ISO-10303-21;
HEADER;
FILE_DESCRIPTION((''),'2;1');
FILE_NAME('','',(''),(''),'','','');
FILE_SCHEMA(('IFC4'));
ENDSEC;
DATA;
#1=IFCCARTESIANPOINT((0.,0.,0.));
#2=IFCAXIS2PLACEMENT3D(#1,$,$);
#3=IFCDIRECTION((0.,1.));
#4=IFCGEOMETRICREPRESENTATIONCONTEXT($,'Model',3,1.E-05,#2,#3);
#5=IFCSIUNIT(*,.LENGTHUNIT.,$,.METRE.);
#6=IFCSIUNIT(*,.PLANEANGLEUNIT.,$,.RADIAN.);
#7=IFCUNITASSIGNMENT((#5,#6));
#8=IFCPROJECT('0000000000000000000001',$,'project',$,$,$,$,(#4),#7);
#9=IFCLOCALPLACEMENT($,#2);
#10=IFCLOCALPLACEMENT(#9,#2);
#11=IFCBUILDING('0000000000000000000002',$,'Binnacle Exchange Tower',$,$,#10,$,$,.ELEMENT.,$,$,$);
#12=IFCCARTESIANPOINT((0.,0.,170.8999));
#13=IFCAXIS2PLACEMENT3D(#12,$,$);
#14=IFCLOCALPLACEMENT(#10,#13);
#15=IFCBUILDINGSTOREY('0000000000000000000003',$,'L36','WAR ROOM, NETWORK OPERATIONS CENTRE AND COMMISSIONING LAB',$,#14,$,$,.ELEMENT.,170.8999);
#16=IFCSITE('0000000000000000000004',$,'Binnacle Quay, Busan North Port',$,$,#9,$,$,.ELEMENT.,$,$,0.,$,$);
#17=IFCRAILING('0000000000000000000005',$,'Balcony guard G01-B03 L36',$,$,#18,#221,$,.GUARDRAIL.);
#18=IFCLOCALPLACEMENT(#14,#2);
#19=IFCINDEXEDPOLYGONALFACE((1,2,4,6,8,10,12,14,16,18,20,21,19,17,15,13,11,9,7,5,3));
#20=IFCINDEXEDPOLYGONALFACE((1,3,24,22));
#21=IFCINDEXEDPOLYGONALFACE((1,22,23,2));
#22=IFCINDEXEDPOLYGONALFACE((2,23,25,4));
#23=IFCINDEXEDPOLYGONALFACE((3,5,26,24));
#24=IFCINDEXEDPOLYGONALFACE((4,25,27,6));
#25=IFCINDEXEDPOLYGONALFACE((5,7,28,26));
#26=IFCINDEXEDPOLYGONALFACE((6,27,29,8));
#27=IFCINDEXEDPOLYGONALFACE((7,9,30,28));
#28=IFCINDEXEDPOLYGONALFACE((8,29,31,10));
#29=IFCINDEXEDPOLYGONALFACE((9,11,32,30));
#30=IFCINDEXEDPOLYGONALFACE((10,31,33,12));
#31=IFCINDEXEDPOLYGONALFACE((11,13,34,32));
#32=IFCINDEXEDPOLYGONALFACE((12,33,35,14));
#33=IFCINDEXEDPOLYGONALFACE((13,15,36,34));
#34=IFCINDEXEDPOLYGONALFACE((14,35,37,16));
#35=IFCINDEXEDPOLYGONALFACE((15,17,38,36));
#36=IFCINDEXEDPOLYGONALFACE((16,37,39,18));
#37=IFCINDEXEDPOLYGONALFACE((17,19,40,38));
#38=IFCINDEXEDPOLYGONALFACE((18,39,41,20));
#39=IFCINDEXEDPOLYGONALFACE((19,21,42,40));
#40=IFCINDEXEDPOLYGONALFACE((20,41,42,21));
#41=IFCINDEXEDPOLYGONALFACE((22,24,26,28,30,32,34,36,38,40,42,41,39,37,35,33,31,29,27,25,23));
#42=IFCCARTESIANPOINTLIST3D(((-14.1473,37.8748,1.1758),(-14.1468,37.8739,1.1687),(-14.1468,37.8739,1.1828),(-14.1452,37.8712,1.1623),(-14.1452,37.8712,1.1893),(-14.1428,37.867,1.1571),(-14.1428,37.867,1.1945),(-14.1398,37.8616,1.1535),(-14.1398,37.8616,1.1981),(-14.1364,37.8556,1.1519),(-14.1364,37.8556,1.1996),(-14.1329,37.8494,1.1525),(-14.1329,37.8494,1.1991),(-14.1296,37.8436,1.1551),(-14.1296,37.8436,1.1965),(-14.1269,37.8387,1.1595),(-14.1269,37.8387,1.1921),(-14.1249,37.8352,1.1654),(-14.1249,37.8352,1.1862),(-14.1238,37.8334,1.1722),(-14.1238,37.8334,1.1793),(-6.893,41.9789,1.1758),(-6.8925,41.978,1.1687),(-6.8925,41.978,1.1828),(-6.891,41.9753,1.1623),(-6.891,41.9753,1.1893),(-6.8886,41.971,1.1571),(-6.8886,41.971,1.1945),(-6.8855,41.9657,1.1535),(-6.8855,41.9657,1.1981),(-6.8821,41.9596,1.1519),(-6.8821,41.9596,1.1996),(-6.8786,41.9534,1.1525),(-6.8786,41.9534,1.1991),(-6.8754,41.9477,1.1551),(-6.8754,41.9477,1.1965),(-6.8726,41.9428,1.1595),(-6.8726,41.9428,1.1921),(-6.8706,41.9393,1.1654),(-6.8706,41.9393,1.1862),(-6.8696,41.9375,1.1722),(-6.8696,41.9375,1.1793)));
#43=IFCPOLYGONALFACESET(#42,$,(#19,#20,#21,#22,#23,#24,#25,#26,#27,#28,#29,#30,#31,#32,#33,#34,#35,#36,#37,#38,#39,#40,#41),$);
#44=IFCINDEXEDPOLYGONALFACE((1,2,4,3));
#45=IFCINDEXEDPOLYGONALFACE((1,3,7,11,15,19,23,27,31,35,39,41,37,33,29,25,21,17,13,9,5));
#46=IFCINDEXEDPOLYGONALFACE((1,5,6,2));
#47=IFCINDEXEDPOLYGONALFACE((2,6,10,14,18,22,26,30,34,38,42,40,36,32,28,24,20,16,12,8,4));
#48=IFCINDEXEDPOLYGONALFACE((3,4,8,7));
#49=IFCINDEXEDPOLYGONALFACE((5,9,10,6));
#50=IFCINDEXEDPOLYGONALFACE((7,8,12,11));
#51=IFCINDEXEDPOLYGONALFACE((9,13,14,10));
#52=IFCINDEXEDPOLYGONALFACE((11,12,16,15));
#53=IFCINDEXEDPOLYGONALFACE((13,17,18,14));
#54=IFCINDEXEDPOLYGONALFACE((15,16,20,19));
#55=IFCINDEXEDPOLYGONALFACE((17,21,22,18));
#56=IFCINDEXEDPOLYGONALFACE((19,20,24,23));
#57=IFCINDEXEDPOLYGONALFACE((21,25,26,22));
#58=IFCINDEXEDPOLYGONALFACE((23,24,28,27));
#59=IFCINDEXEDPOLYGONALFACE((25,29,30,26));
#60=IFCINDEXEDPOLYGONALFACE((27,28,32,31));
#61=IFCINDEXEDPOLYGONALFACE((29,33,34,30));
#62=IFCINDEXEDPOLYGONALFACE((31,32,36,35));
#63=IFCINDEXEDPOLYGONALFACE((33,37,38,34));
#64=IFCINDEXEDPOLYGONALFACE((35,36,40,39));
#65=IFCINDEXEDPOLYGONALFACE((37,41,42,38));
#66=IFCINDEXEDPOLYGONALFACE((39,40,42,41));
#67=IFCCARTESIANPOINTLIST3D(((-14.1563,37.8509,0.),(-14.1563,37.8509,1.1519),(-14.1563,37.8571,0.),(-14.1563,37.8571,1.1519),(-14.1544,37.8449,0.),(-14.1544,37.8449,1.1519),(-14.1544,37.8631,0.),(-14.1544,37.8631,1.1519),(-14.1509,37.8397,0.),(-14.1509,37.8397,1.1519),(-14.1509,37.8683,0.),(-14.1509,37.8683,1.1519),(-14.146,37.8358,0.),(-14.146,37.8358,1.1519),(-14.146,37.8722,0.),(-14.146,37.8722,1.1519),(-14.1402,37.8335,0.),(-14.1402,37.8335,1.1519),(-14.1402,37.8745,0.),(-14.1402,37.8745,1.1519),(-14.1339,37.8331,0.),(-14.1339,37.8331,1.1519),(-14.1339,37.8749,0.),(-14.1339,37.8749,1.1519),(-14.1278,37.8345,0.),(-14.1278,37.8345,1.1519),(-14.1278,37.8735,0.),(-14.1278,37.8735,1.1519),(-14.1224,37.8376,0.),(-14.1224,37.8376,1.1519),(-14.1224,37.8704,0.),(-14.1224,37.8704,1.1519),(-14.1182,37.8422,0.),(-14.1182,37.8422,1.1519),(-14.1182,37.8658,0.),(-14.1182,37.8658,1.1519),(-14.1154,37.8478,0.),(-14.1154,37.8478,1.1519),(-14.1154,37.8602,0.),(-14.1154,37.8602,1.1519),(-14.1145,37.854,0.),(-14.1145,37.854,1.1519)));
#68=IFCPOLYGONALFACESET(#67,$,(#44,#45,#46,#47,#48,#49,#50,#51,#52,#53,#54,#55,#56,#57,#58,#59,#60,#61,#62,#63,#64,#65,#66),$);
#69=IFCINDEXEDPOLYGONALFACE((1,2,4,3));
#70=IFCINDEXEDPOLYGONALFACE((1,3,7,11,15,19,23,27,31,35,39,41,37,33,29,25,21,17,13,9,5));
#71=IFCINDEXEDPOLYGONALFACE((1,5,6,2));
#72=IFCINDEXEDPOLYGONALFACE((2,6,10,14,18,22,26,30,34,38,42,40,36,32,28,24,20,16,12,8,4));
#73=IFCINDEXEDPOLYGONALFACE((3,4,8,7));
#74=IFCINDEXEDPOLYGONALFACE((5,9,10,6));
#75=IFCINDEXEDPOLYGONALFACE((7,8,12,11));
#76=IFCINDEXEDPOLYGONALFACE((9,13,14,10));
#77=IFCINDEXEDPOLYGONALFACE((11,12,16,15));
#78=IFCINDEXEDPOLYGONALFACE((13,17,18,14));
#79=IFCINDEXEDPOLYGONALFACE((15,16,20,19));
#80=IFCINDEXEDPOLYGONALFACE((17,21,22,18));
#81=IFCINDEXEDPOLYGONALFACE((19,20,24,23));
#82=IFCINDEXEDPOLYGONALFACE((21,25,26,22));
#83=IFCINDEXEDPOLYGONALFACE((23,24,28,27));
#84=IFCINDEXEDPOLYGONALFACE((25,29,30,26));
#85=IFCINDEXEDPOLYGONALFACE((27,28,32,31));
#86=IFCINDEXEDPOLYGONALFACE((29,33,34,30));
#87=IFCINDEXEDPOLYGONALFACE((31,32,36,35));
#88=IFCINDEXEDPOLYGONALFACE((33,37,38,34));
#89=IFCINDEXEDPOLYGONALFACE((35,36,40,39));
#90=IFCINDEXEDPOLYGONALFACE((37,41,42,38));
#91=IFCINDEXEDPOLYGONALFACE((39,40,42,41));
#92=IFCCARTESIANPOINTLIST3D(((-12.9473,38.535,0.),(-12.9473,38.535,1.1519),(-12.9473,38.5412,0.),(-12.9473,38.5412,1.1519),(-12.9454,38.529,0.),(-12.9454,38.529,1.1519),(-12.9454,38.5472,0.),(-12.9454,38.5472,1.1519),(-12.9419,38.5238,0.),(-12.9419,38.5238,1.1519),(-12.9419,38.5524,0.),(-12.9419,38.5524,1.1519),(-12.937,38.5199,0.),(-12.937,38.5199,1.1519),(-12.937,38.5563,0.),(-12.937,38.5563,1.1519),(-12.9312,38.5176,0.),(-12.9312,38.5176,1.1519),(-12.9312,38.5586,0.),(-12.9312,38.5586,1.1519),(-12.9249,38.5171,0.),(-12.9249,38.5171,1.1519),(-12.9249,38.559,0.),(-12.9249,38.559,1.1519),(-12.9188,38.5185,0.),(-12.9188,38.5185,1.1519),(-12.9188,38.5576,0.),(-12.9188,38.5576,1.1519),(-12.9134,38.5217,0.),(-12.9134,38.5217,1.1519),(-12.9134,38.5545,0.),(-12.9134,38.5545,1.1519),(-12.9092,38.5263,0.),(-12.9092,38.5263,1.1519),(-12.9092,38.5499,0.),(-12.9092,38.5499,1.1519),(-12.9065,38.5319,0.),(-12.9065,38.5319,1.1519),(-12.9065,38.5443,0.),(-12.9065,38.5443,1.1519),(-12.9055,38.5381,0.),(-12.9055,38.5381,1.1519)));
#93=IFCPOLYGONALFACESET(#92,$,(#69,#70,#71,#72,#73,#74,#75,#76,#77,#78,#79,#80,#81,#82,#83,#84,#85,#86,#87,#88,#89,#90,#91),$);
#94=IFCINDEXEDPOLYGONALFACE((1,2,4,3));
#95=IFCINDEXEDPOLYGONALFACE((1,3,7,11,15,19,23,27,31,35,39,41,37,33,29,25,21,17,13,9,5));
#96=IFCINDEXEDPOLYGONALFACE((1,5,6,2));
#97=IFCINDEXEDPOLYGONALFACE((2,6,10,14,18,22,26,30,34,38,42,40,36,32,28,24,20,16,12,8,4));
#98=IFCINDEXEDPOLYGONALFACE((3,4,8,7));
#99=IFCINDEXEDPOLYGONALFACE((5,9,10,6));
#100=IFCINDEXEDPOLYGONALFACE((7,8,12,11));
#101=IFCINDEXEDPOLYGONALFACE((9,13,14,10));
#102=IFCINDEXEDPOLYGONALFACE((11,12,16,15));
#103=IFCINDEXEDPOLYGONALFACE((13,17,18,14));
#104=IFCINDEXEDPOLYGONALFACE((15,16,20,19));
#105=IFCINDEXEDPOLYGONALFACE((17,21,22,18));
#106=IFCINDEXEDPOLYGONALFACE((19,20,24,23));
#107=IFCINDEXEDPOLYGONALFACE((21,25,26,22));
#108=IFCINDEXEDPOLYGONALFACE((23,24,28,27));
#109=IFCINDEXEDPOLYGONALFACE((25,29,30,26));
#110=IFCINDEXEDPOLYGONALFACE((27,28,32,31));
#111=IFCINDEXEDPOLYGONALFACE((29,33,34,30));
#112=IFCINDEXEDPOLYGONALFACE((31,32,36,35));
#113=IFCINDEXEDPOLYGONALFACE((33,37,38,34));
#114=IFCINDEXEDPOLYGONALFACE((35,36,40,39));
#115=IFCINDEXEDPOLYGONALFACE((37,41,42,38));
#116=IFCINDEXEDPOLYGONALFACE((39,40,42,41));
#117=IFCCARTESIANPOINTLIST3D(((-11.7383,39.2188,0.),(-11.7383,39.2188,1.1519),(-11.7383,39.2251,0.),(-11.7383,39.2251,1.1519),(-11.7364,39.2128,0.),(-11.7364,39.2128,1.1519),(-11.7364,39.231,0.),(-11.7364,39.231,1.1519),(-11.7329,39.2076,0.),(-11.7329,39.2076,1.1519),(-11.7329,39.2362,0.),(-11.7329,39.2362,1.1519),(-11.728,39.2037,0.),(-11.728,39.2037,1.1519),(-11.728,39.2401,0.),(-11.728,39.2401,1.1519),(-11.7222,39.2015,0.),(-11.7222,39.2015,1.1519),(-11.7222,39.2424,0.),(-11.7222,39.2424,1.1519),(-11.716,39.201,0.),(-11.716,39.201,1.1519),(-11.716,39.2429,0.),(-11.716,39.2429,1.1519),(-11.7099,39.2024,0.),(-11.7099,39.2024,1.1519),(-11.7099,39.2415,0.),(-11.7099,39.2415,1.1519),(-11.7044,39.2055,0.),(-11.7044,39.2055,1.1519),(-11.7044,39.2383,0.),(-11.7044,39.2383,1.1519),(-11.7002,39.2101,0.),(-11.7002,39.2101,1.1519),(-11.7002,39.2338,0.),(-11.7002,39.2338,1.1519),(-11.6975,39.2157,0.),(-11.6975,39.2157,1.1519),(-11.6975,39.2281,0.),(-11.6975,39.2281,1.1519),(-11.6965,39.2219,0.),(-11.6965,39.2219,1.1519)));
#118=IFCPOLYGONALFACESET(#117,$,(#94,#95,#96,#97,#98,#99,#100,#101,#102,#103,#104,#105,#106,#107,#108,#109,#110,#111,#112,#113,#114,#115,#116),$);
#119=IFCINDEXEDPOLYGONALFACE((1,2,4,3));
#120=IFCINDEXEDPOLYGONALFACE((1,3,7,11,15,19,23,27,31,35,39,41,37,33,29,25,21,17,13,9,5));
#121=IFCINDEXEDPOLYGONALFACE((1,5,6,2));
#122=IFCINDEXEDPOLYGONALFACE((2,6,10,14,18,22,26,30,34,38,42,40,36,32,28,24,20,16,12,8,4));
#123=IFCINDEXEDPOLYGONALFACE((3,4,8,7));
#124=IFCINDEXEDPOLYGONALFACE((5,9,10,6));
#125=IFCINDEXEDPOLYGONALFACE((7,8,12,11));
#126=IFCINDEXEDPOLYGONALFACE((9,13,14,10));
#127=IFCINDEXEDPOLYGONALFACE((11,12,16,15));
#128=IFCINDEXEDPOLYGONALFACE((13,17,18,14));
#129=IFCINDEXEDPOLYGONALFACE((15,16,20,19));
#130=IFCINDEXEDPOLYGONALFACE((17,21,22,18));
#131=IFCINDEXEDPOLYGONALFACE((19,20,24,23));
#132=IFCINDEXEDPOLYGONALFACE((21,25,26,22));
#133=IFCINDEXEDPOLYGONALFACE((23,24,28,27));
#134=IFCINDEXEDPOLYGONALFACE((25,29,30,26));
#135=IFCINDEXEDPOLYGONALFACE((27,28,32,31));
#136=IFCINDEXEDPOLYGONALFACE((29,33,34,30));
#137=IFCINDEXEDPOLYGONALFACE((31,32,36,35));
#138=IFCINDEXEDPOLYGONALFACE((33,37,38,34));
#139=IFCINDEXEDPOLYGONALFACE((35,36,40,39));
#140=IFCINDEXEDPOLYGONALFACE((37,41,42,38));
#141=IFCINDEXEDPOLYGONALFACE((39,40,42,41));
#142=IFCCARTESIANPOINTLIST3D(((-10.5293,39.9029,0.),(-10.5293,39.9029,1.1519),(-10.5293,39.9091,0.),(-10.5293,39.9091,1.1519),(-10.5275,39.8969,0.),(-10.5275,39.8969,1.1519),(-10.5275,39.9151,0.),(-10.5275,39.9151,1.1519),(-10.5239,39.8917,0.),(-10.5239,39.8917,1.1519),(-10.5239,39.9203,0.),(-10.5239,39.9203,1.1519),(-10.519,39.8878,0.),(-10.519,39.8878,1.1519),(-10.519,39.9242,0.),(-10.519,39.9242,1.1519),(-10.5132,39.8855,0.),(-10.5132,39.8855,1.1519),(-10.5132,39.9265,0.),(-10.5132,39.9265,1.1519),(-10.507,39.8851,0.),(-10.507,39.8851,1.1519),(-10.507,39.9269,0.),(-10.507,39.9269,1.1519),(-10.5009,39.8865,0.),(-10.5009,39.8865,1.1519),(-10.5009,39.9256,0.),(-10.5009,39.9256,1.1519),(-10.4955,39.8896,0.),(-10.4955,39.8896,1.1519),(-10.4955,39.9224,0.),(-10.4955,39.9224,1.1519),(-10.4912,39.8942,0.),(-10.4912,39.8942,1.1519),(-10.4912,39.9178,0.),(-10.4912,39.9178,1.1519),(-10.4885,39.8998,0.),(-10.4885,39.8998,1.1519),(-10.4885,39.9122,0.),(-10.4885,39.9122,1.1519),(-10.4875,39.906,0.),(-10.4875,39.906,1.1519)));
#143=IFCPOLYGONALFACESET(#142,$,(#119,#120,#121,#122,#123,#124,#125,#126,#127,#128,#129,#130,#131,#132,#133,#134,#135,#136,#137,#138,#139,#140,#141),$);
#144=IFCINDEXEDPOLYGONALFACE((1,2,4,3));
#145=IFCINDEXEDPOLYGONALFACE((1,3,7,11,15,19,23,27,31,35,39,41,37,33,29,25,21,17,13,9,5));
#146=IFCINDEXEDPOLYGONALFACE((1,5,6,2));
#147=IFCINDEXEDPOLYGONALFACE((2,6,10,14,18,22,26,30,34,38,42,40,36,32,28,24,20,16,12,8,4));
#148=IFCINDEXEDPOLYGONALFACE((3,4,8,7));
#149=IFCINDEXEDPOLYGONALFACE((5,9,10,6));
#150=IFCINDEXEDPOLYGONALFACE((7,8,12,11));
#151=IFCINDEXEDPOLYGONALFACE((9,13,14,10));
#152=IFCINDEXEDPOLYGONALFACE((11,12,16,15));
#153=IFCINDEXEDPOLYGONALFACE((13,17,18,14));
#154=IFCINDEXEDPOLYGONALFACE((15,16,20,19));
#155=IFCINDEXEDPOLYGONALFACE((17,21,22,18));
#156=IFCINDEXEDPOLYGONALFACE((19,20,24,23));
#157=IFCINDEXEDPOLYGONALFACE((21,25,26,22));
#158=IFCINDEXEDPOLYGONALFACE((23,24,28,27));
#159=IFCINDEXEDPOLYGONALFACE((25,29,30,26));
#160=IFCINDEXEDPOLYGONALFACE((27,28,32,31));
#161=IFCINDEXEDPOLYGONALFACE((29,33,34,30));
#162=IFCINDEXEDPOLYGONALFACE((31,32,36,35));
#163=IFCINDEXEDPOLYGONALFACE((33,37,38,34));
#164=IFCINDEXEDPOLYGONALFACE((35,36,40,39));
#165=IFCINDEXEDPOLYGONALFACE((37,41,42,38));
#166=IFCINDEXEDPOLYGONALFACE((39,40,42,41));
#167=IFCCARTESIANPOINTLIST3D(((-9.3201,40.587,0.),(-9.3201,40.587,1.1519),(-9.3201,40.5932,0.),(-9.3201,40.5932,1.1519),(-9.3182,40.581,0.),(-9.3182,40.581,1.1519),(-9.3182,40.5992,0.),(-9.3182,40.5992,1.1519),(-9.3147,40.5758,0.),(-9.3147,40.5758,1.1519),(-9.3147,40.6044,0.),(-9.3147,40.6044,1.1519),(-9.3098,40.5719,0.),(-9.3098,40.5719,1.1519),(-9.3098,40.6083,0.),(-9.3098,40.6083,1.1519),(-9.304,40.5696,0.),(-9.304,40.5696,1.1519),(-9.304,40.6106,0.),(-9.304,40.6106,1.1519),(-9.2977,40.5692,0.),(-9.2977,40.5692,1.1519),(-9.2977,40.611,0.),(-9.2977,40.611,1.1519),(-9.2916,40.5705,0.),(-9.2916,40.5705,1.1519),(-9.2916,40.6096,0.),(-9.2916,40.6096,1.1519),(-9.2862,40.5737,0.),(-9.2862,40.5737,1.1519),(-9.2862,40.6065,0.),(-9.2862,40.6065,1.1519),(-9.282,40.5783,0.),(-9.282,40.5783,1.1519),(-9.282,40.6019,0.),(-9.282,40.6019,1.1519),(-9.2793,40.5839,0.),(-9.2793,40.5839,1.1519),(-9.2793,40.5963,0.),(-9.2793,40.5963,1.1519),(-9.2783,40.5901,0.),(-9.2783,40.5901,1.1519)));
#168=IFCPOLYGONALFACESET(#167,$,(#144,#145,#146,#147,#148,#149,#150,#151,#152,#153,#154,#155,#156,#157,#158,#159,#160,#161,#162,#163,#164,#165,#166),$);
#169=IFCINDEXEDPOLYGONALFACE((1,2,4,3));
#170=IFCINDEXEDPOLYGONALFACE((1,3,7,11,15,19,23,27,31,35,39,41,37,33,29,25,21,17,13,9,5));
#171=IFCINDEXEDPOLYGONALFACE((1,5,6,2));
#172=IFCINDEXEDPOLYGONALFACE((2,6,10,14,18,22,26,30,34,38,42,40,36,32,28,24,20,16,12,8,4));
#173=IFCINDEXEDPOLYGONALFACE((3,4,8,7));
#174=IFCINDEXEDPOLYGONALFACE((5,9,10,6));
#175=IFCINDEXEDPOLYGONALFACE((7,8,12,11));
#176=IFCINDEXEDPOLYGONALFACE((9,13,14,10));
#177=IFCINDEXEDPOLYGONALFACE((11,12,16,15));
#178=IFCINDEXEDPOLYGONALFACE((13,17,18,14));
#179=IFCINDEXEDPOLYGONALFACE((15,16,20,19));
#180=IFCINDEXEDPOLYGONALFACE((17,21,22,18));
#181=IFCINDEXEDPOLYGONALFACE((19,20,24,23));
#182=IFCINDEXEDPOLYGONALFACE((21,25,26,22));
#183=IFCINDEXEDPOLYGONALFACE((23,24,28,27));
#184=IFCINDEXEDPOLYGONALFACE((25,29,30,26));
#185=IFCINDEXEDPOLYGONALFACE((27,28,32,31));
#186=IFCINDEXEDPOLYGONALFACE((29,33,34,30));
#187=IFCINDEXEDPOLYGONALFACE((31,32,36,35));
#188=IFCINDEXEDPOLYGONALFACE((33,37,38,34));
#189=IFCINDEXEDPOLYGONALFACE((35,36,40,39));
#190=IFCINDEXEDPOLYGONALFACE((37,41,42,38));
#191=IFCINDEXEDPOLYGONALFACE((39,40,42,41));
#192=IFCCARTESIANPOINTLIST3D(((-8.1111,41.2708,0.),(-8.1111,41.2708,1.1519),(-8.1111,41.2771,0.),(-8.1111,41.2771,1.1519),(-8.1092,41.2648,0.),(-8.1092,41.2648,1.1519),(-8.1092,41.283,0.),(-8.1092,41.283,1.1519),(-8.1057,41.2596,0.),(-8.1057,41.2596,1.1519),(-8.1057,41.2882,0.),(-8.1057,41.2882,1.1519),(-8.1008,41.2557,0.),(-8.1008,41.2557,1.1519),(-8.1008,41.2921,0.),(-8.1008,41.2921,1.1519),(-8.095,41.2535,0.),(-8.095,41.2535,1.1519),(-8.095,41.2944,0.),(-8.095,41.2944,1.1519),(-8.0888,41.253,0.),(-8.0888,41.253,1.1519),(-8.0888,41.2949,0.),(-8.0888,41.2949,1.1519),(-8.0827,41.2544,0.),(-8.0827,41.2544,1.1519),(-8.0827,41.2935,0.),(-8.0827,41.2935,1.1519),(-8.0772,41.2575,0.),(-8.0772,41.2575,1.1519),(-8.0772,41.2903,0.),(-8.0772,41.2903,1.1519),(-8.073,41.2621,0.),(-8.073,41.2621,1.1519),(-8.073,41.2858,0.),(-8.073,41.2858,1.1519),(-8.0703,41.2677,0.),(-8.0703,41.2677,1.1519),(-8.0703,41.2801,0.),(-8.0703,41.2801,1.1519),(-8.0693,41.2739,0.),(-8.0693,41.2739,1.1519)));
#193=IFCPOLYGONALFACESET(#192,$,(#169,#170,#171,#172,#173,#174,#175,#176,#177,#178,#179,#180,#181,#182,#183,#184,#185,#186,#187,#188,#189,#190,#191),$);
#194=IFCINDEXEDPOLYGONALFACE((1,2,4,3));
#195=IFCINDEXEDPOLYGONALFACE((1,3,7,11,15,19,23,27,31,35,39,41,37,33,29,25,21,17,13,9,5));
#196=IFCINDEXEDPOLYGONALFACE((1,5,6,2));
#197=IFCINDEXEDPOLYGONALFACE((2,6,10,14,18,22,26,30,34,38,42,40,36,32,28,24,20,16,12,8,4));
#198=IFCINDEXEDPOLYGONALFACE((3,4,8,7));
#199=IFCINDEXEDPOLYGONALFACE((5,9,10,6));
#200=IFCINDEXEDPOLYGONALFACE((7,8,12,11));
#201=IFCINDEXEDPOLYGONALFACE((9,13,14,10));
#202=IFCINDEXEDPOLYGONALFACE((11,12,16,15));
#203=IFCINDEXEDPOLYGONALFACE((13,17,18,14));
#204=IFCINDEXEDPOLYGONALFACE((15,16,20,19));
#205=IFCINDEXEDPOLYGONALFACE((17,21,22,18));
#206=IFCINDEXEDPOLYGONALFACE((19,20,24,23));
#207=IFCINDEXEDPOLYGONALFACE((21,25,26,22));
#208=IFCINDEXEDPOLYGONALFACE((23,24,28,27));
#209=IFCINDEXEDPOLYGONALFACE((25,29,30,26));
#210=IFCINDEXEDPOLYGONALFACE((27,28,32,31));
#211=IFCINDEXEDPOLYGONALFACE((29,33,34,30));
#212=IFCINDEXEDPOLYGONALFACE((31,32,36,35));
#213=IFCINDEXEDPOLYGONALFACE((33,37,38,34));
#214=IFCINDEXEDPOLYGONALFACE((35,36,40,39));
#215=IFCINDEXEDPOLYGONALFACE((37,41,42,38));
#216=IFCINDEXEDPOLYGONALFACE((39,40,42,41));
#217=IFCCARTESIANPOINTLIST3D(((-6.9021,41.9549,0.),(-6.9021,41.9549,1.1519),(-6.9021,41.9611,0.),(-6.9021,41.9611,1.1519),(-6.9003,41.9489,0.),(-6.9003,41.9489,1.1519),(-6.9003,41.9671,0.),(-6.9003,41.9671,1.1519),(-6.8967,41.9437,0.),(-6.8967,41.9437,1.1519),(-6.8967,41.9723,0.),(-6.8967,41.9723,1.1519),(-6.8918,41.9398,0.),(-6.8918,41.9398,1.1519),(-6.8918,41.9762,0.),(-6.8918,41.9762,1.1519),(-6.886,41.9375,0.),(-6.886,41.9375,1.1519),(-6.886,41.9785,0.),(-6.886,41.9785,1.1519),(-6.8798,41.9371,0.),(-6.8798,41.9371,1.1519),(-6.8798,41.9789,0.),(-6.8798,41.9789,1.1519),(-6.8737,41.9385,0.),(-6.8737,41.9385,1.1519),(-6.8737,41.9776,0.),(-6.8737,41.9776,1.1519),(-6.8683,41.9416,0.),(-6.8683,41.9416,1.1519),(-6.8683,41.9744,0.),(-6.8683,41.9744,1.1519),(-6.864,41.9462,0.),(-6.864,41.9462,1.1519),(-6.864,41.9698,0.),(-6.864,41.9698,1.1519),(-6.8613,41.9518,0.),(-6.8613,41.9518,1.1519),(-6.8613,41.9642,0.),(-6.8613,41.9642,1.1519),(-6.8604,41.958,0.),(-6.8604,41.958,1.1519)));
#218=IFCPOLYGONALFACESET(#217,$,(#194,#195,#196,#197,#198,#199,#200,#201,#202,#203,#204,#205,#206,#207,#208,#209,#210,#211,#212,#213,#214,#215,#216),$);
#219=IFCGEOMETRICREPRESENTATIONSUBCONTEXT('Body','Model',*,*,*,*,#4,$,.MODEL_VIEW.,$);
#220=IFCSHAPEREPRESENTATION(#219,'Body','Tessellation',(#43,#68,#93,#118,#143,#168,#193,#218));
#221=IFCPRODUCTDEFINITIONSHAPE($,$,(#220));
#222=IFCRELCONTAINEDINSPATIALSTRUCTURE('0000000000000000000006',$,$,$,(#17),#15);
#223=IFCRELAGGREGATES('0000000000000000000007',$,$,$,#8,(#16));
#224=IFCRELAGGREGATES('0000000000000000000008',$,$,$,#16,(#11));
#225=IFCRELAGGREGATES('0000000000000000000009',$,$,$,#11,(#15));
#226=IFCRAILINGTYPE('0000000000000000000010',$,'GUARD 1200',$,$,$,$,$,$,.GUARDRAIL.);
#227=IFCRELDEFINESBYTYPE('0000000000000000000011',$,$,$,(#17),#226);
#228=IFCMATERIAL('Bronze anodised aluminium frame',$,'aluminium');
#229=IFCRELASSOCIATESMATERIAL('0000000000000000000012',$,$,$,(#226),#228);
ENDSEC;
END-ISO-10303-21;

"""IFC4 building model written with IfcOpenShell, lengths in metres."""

from ifc_helpers import new_model, si_unit, direction, frame, origin, origin_2d, place, context, subcontext, project, spatial, circle, extrude, material, type_object, element, save


model = new_model("IFC4")

# Units and contexts
model_context = context("Model", 3, precision=1e-05, world=origin(), true_north=direction((0.0, 1.0)))
body_context = subcontext(model_context, "Body", "Model", "MODEL_VIEW")
ifc_project = project(units=[si_unit("LENGTHUNIT", "METRE"), si_unit("PLANEANGLEUNIT", "RADIAN")], contexts=[model_context])

# Site, building, storey
site_placement = place(None, origin())
site = spatial("IfcSite", under=ifc_project, at=site_placement, Name="Binnacle Quay, Busan North Port", CompositionType="ELEMENT", RefElevation=0.0)
building_placement = place(site_placement, origin())
building = spatial("IfcBuilding", under=site, at=building_placement, Name="Binnacle Exchange Tower", CompositionType="ELEMENT")
storey_placement = place(building_placement, frame((0.0, 0.0, 170.8999)))
storey = spatial("IfcBuildingStorey", under=building, at=storey_placement, Name="L36", Description="WAR ROOM, NETWORK OPERATIONS CENTRE AND COMMISSIONING LAB", CompositionType="ELEMENT", Elevation=170.8999)

# Railing
ifc_material_1 = material(Name="Bronze anodised aluminium frame", Category="aluminium")
railing_type_1 = type_object("IfcRailingType", Name="GUARD 1200", PredefinedType="GUARDRAIL", material=ifc_material_1)
railing_1_placement = place(storey_placement, frame((-14.1355, 37.854, 0.0)))
element("IfcRailing", 1, at=railing_1_placement, inside=storey, type_object=railing_type_1, Name="Balcony guard G01-B03 L36", PredefinedType="GUARDRAIL", context=body_context, shape_type="SweptSolid", body=[
    extrude(circle(Radius=0.0239, at=origin_2d()), frame((0.0, 0.0, 1.1758), z_axis=(0.870366, 0.492406, 0.0), x_axis=(-0.492406, 0.870366, 0.0)), (0.0, 0.0, 1.0), 8.3347),
    extrude(circle(Radius=0.021, at=origin_2d()), origin(), (0.0, 0.0, 1.0), 1.1519),
    extrude(circle(Radius=0.021, at=origin_2d()), frame((1.209, 0.6841, 0.0)), (0.0, 0.0, 1.0), 1.1519),
    extrude(circle(Radius=0.021, at=origin_2d()), frame((2.418, 1.3679, 0.0)), (0.0, 0.0, 1.0), 1.1519),
    extrude(circle(Radius=0.021, at=origin_2d()), frame((3.627, 2.052, 0.0)), (0.0, 0.0, 1.0), 1.1519),
    extrude(circle(Radius=0.021, at=origin_2d()), frame((4.8362, 2.7361, 0.0)), (0.0, 0.0, 1.0), 1.1519),
    extrude(circle(Radius=0.021, at=origin_2d()), frame((6.0452, 3.4199, 0.0)), (0.0, 0.0, 1.0), 1.1519),
    extrude(circle(Radius=0.021, at=origin_2d()), frame((7.2542, 4.104, 0.0)), (0.0, 0.0, 1.0), 1.1519),
])

save(model, "model.ifc")
